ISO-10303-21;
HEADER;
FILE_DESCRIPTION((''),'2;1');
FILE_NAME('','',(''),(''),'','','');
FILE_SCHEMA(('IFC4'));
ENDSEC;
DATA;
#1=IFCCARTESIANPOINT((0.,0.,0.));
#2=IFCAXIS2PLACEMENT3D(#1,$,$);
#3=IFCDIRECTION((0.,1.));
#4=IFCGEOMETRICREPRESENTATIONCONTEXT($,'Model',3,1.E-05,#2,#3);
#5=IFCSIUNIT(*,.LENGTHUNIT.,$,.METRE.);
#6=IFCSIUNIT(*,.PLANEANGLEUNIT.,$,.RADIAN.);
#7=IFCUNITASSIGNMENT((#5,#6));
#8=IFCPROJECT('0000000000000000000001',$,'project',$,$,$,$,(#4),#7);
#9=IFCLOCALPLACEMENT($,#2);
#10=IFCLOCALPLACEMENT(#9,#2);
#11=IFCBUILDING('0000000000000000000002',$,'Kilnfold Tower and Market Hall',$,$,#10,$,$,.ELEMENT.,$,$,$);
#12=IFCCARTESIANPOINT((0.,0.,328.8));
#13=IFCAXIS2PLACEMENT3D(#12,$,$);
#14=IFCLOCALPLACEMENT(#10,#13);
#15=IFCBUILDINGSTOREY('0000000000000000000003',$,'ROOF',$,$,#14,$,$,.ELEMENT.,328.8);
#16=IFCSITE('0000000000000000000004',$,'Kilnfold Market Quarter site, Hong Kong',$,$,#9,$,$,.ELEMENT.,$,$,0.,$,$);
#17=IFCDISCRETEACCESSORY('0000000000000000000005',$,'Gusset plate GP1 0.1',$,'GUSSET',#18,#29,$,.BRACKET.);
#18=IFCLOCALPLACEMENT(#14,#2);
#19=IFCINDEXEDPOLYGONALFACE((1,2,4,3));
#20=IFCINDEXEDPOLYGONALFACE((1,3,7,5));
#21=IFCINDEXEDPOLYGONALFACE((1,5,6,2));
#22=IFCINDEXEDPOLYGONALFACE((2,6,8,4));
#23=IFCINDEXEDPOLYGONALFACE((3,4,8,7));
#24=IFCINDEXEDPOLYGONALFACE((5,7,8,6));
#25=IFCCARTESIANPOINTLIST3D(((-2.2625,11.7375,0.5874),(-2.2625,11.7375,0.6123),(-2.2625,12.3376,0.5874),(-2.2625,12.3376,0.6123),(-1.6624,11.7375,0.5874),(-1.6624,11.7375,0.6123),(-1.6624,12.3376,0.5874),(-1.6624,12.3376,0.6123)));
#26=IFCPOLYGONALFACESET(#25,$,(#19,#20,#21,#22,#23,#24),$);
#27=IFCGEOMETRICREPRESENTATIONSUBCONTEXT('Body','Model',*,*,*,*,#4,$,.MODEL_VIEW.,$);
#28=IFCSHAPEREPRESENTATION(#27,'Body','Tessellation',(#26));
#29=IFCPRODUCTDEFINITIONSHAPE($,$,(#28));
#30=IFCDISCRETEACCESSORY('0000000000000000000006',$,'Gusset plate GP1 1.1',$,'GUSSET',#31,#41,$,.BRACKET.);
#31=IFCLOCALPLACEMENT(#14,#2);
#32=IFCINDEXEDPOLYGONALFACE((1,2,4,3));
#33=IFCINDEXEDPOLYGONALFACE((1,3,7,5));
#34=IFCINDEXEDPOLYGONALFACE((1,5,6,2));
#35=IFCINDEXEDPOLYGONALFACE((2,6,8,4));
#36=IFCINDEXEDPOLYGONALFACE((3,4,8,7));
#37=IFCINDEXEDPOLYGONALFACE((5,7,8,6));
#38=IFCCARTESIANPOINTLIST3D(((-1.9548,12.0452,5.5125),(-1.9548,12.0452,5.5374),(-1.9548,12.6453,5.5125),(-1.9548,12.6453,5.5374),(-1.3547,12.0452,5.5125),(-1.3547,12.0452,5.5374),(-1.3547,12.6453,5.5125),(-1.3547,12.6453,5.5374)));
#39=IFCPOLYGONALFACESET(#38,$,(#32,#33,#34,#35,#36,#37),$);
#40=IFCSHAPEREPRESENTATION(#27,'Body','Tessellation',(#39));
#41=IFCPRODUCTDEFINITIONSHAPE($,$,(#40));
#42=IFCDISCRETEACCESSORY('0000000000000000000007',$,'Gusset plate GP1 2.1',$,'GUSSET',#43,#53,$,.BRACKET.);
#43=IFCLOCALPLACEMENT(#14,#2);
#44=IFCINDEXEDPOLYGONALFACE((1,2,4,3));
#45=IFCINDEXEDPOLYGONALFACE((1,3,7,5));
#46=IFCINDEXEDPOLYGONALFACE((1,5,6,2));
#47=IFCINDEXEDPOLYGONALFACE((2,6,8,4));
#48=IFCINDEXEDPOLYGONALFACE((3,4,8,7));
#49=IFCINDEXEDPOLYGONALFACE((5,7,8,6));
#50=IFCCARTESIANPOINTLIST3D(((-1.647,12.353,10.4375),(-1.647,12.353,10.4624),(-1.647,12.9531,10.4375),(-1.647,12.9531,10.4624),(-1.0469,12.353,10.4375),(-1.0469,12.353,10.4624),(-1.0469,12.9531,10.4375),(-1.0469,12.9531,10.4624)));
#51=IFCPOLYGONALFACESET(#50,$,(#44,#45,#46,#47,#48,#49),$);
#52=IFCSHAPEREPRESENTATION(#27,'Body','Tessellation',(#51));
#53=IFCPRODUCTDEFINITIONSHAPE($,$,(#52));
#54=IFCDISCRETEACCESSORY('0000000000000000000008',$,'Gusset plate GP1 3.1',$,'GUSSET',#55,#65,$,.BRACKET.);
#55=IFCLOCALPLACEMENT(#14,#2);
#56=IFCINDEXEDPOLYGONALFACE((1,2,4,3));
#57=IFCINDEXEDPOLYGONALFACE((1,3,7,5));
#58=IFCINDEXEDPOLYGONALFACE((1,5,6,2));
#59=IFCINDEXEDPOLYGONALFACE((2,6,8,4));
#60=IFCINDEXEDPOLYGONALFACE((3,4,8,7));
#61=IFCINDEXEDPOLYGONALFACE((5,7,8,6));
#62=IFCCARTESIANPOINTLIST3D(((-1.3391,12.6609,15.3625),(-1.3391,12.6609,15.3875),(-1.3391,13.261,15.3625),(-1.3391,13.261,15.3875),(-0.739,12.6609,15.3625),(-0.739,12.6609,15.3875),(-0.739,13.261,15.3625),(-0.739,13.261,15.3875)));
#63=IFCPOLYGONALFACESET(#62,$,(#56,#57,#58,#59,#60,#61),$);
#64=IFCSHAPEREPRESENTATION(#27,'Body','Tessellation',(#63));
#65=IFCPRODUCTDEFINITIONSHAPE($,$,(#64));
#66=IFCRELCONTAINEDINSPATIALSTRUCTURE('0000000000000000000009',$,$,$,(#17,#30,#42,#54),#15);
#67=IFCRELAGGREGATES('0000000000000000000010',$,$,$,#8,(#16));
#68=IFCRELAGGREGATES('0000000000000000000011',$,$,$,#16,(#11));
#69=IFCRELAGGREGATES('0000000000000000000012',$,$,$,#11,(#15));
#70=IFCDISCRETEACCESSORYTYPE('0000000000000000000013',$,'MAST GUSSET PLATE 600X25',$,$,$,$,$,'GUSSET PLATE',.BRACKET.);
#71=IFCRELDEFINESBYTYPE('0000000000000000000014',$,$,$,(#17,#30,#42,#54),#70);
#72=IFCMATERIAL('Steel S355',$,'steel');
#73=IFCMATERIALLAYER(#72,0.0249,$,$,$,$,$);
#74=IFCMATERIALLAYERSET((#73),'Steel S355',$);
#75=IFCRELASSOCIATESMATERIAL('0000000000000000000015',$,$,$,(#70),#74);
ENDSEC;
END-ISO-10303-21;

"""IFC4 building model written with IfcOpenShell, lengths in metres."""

from ifc_helpers import new_model, si_unit, direction, frame, origin, origin_2d, place, context, subcontext, project, spatial, rectangle, extrude, source, transform, mapped, material, layer, layer_set, type_object, element, save


model = new_model("IFC4")

# Units and contexts
model_context = context("Model", 3, precision=1e-05, world=origin(), true_north=direction((0.0, 1.0)))
body_context = subcontext(model_context, "Body", "Model", "MODEL_VIEW")
ifc_project = project(units=[si_unit("LENGTHUNIT", "METRE"), si_unit("PLANEANGLEUNIT", "RADIAN")], contexts=[model_context])

# Site, building, storey
site_placement = place(None, origin())
site = spatial("IfcSite", under=ifc_project, at=site_placement, Name="Kilnfold Market Quarter site, Hong Kong", CompositionType="ELEMENT", RefElevation=0.0)
building_placement = place(site_placement, origin())
building = spatial("IfcBuilding", under=site, at=building_placement, Name="Kilnfold Tower and Market Hall", CompositionType="ELEMENT")
storey_placement = place(building_placement, frame((0.0, 0.0, 328.8)))
storey = spatial("IfcBuildingStorey", under=building, at=storey_placement, Name="ROOF", CompositionType="ELEMENT", Elevation=328.8)

# Discrete accessories
ifc_material_1 = material(Name="Steel S355", Category="steel")
ifc_layer_1 = layer(ifc_material_1, 0.0249)
ifc_layer_set_1 = layer_set([ifc_layer_1], Name="Steel S355")
discrete_accessory_type = type_object("IfcDiscreteAccessoryType", Name="MAST GUSSET PLATE 600X25", ElementType="GUSSET PLATE", PredefinedType="BRACKET", material=ifc_layer_set_1)
shared_shape_1 = source(origin(), body_context, "Body", "SweptSolid", [
    extrude(rectangle(XDim=0.6001, YDim=0.6001, at=origin_2d()), origin(), (0.0, 0.0, 1.0), 0.0249),
])
for number, where, z_axis, x_axis, name in (
    (1, (-1.9624, 12.0376, 0.5874), (0.0, 0.0, 1.0), (1.0, 0.0, 0.0), "Gusset plate GP1 0.1"),
    (2, (-1.6548, 12.3452, 5.5125), (0.0, 0.0, 1.0), (1.0, 0.0, 0.0), "Gusset plate GP1 1.1"),
    (3, (-1.3469, 12.6531, 10.4375), (0.0, 0.0, 1.0), (1.0, 0.0, 0.0), "Gusset plate GP1 2.1"),
    (4, (-1.0391, 12.9609, 15.3625), (0.0, 0.0, 1.0), (1.0, 0.0, 0.0), "Gusset plate GP1 3.1"),
):
    element("IfcDiscreteAccessory", number, at=place(storey_placement, frame(where, z_axis=z_axis, x_axis=x_axis)), inside=storey, type_object=discrete_accessory_type, Name=name, ObjectType="GUSSET", PredefinedType="BRACKET", context=body_context, shape_type="MappedRepresentation", body=[
        mapped(shared_shape_1, transform((0.0, 0.0, 0.0))),
    ])

save(model, "model.ifc")
